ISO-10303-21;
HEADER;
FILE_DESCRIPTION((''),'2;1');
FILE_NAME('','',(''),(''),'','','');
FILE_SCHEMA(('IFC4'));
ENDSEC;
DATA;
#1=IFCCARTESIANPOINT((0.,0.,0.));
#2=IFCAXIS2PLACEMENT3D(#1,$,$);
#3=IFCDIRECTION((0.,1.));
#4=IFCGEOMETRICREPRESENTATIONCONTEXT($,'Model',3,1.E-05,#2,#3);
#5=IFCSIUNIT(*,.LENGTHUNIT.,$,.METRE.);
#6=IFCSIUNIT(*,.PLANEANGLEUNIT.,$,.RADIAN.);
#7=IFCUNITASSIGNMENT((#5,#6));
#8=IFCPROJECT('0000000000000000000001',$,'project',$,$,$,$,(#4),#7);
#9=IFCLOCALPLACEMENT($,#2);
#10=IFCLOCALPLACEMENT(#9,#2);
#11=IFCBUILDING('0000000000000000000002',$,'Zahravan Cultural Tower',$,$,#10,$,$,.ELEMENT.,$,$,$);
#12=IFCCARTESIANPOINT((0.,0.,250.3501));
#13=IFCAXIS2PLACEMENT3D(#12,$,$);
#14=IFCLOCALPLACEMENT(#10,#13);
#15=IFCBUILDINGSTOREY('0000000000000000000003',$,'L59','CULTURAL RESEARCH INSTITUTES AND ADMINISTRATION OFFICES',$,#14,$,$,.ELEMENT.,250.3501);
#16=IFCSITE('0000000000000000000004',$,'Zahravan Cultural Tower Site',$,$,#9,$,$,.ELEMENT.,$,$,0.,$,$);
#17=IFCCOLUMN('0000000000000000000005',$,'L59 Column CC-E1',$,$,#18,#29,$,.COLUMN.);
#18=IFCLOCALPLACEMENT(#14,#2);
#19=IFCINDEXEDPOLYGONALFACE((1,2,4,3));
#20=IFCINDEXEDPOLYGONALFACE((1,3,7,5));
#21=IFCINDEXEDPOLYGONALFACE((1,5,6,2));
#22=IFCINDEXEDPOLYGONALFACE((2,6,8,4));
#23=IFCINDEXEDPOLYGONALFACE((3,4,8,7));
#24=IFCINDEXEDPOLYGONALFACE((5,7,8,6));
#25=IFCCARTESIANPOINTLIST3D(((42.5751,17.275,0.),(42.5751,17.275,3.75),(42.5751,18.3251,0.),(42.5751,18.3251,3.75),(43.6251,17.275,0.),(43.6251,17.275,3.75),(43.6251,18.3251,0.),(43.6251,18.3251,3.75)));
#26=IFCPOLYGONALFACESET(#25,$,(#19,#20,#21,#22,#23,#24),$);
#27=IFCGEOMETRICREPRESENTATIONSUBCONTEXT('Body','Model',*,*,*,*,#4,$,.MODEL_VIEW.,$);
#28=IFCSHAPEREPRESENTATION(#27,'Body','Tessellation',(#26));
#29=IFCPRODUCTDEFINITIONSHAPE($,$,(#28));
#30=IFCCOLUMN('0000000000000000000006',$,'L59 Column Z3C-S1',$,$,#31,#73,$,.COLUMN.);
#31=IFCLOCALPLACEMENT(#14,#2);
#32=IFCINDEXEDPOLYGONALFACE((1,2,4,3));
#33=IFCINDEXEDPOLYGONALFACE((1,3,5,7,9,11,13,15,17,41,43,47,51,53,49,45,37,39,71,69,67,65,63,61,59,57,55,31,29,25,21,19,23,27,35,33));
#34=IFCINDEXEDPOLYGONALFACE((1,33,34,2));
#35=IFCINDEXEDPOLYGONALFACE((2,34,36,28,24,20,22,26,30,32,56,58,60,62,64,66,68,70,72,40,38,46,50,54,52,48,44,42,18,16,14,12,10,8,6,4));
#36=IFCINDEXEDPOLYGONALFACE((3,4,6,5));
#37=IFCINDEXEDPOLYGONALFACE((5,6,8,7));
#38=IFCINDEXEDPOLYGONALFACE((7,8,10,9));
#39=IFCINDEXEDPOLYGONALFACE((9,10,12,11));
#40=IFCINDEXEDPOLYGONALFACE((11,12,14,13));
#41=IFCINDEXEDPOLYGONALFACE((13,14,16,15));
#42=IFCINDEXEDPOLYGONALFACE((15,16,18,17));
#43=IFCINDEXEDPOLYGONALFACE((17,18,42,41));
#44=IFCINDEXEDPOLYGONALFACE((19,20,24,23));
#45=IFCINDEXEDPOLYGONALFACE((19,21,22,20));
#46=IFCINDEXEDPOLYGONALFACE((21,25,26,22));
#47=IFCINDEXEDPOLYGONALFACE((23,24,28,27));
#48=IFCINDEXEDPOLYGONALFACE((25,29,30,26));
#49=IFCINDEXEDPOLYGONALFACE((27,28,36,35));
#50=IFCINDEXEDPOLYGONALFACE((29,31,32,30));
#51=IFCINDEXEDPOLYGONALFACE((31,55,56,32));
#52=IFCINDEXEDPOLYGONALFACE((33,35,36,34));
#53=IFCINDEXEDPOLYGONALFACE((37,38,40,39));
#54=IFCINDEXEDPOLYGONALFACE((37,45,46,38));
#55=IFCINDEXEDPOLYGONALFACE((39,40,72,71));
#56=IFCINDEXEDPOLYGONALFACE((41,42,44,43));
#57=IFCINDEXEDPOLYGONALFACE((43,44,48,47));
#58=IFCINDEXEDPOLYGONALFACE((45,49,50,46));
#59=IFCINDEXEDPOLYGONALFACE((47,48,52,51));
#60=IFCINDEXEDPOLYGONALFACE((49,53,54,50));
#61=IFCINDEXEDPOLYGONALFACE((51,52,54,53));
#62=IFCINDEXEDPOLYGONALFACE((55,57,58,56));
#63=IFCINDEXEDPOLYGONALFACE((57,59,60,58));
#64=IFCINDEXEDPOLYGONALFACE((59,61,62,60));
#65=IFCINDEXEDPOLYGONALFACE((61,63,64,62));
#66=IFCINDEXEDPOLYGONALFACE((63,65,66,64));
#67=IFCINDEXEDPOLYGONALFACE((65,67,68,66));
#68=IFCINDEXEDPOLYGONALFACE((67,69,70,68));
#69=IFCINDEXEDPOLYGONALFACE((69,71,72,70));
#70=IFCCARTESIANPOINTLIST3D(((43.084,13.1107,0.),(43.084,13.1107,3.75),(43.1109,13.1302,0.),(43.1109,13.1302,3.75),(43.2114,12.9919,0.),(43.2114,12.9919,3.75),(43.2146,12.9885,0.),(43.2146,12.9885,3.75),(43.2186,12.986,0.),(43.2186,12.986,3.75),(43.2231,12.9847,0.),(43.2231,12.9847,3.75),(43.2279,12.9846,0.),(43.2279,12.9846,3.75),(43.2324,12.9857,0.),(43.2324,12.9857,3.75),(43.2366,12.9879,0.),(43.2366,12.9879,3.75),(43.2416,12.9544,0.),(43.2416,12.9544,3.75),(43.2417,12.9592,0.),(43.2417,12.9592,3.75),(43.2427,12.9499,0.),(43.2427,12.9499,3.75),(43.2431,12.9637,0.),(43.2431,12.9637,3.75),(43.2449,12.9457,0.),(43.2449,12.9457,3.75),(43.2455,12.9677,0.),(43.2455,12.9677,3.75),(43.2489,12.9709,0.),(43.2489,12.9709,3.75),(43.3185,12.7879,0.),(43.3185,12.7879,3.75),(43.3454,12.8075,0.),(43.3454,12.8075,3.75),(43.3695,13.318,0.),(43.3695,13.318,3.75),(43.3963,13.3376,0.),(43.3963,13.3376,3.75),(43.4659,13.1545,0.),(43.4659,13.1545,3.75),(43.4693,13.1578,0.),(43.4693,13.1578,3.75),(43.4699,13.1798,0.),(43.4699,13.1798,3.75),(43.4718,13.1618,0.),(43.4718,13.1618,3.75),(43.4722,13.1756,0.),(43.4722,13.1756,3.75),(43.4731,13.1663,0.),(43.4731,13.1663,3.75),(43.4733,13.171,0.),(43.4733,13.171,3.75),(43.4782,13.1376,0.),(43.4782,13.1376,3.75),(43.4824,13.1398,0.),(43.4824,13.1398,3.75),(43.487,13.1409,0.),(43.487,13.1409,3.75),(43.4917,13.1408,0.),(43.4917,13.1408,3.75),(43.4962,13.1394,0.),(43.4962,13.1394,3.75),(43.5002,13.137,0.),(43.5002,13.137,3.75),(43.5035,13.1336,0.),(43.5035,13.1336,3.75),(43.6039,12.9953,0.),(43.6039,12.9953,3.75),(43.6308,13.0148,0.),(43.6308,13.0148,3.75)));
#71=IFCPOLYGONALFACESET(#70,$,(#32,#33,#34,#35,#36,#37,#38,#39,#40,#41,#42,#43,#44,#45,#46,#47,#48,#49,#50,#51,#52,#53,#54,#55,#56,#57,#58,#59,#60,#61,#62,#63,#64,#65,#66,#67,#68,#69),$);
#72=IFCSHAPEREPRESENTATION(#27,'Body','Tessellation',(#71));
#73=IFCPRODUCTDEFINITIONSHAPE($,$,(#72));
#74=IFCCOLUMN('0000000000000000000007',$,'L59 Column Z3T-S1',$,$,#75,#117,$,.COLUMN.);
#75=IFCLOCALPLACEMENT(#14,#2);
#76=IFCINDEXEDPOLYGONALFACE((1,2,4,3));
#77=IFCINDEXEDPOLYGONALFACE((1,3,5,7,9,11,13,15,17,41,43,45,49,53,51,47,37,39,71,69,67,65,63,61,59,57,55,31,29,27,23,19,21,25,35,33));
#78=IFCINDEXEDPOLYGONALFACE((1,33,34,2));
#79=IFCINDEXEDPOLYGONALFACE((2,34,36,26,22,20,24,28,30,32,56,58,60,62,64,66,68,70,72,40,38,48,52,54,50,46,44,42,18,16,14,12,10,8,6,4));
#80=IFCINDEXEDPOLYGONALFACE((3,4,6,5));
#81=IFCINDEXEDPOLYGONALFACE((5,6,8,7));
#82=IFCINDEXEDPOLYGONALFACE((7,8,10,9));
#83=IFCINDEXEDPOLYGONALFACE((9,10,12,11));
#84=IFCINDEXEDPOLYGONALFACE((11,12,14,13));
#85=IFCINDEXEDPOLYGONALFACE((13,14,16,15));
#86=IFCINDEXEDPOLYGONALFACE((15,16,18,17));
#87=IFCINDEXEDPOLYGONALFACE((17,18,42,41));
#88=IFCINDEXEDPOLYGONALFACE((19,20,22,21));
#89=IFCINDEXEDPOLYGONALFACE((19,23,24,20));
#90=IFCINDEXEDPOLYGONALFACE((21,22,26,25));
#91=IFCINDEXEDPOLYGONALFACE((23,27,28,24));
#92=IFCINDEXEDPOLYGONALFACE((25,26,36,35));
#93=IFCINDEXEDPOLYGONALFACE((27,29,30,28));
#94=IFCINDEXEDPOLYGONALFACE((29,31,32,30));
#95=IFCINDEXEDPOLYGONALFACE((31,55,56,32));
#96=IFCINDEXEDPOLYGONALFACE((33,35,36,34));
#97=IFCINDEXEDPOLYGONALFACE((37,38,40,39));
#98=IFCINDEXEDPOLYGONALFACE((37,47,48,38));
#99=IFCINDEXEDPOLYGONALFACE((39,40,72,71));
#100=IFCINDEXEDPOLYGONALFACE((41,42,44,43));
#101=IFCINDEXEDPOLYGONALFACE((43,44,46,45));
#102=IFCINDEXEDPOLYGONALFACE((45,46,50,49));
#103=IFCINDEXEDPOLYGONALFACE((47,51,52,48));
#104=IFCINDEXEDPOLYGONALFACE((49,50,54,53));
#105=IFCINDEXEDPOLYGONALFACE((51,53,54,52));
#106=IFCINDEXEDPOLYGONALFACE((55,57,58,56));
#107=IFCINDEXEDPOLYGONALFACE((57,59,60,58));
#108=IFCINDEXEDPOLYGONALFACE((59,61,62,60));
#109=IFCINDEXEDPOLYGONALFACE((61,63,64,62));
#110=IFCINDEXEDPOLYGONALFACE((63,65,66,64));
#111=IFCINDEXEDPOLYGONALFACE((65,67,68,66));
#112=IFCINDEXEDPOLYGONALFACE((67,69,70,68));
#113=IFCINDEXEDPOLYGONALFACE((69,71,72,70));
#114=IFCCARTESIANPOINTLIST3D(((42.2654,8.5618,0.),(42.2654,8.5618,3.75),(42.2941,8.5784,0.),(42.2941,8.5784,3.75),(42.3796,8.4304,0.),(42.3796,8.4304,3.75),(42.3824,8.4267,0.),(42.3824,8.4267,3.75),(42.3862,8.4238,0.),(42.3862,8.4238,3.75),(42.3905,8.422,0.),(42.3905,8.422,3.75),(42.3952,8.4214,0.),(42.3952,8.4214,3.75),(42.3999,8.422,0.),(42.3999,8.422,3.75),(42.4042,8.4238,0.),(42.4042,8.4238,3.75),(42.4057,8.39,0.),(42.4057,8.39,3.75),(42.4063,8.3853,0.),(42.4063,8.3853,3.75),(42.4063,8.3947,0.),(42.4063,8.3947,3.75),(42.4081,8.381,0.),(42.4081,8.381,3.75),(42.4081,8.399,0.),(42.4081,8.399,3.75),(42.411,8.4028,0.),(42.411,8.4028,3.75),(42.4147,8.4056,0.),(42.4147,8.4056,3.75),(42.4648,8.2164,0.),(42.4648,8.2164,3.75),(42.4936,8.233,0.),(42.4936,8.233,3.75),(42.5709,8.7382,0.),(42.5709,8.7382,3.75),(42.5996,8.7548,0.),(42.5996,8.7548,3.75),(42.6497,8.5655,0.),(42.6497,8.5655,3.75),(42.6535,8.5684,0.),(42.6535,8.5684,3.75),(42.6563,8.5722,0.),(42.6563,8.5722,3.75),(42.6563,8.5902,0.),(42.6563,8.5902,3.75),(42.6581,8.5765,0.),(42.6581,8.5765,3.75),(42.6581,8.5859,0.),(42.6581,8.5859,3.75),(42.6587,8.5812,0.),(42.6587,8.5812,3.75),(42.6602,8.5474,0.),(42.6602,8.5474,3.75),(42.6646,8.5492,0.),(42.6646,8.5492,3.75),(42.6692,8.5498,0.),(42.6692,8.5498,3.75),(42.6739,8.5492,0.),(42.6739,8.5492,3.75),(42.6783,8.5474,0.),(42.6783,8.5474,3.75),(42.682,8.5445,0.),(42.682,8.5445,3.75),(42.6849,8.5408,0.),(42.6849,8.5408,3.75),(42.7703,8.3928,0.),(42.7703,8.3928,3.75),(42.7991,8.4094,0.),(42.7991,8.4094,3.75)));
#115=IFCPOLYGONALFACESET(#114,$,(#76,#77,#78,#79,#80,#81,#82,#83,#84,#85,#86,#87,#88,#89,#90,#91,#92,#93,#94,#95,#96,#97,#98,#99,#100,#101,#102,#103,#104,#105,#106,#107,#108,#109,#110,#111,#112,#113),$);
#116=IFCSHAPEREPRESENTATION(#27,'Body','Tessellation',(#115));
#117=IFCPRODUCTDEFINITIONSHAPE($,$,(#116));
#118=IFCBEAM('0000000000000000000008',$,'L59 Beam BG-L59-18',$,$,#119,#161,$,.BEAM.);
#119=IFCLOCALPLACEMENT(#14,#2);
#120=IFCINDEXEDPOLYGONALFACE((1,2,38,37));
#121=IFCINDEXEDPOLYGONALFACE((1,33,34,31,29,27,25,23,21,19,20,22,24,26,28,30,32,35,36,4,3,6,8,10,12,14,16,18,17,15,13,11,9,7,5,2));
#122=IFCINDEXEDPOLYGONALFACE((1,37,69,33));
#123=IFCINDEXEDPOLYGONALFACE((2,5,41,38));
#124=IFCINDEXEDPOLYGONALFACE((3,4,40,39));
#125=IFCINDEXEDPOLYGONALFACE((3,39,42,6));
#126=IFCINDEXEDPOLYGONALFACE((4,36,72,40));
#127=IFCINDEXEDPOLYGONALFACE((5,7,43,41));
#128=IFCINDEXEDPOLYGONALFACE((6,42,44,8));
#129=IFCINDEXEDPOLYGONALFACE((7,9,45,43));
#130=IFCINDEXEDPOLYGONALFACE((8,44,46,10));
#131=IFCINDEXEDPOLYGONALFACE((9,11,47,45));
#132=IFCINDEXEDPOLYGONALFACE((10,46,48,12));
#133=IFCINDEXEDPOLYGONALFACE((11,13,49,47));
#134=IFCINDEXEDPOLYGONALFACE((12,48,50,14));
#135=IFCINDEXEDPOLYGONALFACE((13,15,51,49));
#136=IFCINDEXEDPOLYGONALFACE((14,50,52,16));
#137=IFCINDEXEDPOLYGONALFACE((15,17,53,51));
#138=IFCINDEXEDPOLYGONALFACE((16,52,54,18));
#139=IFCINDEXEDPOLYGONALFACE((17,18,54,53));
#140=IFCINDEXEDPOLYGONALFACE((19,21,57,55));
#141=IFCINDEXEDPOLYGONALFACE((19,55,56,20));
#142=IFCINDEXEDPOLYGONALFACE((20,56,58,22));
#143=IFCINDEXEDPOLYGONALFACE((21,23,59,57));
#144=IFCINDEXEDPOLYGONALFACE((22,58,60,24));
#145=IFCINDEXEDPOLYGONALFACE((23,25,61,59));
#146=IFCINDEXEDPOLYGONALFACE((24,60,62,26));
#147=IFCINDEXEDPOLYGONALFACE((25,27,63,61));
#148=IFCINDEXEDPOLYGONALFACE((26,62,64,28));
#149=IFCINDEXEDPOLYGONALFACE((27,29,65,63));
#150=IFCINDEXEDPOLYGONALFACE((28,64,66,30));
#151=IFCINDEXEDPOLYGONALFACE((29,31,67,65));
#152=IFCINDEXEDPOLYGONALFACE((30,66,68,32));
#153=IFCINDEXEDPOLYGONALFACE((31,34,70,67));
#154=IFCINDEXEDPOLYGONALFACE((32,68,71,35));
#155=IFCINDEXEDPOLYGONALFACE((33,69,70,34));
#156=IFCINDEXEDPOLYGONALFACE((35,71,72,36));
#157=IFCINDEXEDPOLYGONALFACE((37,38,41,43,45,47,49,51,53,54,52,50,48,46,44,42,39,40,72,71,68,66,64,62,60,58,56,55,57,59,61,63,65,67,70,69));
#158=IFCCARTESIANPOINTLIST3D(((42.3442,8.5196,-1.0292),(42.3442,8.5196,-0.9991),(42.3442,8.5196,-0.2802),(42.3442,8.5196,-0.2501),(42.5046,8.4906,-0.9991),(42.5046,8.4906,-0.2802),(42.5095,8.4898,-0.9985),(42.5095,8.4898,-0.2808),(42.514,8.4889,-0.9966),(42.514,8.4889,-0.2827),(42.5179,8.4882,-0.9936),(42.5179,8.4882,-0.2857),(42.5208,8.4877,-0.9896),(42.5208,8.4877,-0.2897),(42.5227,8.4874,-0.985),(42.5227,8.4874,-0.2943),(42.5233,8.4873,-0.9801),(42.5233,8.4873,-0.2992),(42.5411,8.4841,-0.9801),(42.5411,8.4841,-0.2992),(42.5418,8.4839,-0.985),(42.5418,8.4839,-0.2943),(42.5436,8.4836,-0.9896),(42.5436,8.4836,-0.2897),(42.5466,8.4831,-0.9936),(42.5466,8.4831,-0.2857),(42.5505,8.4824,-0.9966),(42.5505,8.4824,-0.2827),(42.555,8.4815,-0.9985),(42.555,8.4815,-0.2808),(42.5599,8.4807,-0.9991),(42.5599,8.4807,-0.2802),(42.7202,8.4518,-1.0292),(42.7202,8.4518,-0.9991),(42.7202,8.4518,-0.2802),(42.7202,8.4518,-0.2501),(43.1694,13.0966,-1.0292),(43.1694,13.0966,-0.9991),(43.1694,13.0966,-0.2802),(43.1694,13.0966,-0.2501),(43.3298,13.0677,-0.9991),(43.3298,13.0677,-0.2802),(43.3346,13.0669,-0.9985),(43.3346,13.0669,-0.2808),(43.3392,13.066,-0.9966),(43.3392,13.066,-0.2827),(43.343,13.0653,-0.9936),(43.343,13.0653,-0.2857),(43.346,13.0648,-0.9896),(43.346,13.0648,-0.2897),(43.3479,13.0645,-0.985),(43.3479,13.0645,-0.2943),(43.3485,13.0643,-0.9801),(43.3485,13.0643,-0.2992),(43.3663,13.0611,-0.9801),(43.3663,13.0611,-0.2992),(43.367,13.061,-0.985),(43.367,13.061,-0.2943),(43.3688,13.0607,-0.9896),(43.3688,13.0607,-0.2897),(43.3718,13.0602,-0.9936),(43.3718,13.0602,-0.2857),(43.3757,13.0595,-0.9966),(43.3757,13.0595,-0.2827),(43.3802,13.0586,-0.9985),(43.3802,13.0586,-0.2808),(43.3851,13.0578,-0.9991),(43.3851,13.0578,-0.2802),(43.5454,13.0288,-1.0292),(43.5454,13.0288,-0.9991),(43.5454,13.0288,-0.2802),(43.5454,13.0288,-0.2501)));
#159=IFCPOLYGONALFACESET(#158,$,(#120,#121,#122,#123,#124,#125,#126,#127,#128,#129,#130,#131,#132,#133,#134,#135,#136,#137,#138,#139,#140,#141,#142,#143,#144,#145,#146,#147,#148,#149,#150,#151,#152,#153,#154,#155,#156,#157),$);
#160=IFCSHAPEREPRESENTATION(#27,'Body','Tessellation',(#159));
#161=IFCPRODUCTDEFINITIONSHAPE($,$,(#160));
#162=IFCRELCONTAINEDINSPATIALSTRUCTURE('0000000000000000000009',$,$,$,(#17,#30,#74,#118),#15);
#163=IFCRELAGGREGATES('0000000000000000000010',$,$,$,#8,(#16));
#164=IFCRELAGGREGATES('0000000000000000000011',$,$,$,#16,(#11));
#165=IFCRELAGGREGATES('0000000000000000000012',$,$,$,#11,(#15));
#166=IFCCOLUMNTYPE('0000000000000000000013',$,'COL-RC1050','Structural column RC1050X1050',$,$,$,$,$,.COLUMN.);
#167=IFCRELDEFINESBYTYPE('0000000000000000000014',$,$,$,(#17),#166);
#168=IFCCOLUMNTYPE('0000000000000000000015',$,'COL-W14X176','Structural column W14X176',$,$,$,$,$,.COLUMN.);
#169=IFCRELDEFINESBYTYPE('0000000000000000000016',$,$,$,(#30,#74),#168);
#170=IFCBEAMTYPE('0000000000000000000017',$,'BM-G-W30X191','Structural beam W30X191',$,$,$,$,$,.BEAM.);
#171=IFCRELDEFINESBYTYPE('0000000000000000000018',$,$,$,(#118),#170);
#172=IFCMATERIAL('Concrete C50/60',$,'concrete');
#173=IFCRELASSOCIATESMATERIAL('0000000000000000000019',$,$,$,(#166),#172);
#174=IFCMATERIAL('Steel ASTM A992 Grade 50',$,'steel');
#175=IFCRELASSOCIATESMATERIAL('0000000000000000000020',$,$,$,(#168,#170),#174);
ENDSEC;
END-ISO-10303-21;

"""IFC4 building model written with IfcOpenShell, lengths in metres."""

from ifc_helpers import new_model, si_unit, direction, frame, origin, origin_2d, place, context, subcontext, project, spatial, rectangle, i_section, extrude, source, transform, mapped, material, material_profile, profile_set, type_object, element, save


model = new_model("IFC4")

# Units and contexts
model_context = context("Model", 3, precision=1e-05, world=origin(), true_north=direction((0.0, 1.0)))
body_context = subcontext(model_context, "Body", "Model", "MODEL_VIEW")
ifc_project = project(units=[si_unit("LENGTHUNIT", "METRE"), si_unit("PLANEANGLEUNIT", "RADIAN")], contexts=[model_context])

# Site, building, storey
site_placement = place(None, origin())
site = spatial("IfcSite", under=ifc_project, at=site_placement, Name="Zahravan Cultural Tower Site", CompositionType="ELEMENT", RefElevation=0.0)
building_placement = place(site_placement, origin())
building = spatial("IfcBuilding", under=site, at=building_placement, Name="Zahravan Cultural Tower", CompositionType="ELEMENT")
storey_placement = place(building_placement, frame((0.0, 0.0, 250.3501)))
storey = spatial("IfcBuildingStorey", under=building, at=storey_placement, Name="L59", Description="CULTURAL RESEARCH INSTITUTES AND ADMINISTRATION OFFICES", CompositionType="ELEMENT", Elevation=250.3501)

# Columns
ifc_material_1 = material(Name="Concrete C50/60", Category="concrete")
ifc_material_profile_1 = material_profile(ifc_material_1, rectangle(XDim=1.05, YDim=1.05, at=origin_2d()), Name="RC1050X1050")
ifc_profile_set_1 = profile_set([ifc_material_profile_1], Name="Concrete C50/60")
column_type_1 = type_object("IfcColumnType", Name="COL-RC1050", Description="Structural column RC1050X1050", PredefinedType="COLUMN", material=ifc_profile_set_1)
shared_shape_1 = source(origin(), body_context, "Body", "SweptSolid", [
    extrude(rectangle(XDim=1.05, YDim=1.05, at=origin_2d()), origin(), (0.0, 0.0, 1.0), 3.75),
])
column_placement = place(storey_placement, frame((43.1001, 17.8, 0.0), z_axis=(0.0, 0.0, 1.0), x_axis=(1.0, 0.0, 0.0)))
element("IfcColumn", 1, at=column_placement, inside=storey, type_object=column_type_1, Name="L59 Column CC-E1", PredefinedType="COLUMN", context=body_context, shape_type="MappedRepresentation", body=[
    mapped(shared_shape_1, transform((0.0, 0.0, 0.0), x_axis=(1.0, 0.0, 0.0), y_axis=(0.0, 1.0, 0.0), z_axis=(0.0, 0.0, 1.0), scale=1.0)),
])
ifc_material_2 = material(Name="Steel ASTM A992 Grade 50", Category="steel")
ifc_material_profile_2 = material_profile(ifc_material_2, i_section(OverallWidth=0.3989, OverallDepth=0.386, WebThickness=0.021, FlangeThickness=0.0332, FilletRadius=0.0181, at=origin_2d()), Name="W14X176")
ifc_profile_set_2 = profile_set([ifc_material_profile_2], Name="Steel ASTM A992 Grade 50")
column_type_2 = type_object("IfcColumnType", Name="COL-W14X176", Description="Structural column W14X176", PredefinedType="COLUMN", material=ifc_profile_set_2)
shared_shape_2 = source(origin(), body_context, "Body", "SweptSolid", [
    extrude(i_section(OverallWidth=0.3989, OverallDepth=0.386, WebThickness=0.021, FlangeThickness=0.0332, FilletRadius=0.0181, at=origin_2d()), origin(), (0.0, 0.0, 1.0), 3.75),
])
for number, where, z_axis, x_axis, name in (
    (2, (43.3574, 13.0627, 0.0), (0.0, 0.0, 1.0), (-0.587785, 0.809017, 0.0), "L59 Column Z3C-S1"),
    (3, (42.5322, 8.4856, 0.0), (0.0, 0.0, 1.0), (-0.5, 0.866025, 0.0), "L59 Column Z3T-S1"),
):
    element("IfcColumn", number, at=place(storey_placement, frame(where, z_axis=z_axis, x_axis=x_axis)), inside=storey, type_object=column_type_2, Name=name, PredefinedType="COLUMN", context=body_context, shape_type="MappedRepresentation", body=[
        mapped(shared_shape_2, transform((0.0, 0.0, 0.0), x_axis=(1.0, 0.0, 0.0), y_axis=(0.0, 1.0, 0.0), z_axis=(0.0, 0.0, 1.0), scale=1.0)),
    ])

# Beam
ifc_material_profile_3 = material_profile(ifc_material_2, i_section(OverallWidth=0.3821, OverallDepth=0.7791, WebThickness=0.0181, FlangeThickness=0.03, FilletRadius=0.019, at=origin_2d()), Name="W30X191")
ifc_profile_set_3 = profile_set([ifc_material_profile_3], Name="Steel ASTM A992 Grade 50")
beam_type = type_object("IfcBeamType", Name="BM-G-W30X191", Description="Structural beam W30X191", PredefinedType="BEAM", material=ifc_profile_set_3)
shared_shape_3 = source(origin(), body_context, "Body", "SweptSolid", [
    extrude(i_section(OverallWidth=0.3821, OverallDepth=0.7791, WebThickness=0.0181, FlangeThickness=0.03, FilletRadius=0.019, at=origin_2d()), origin(), (0.0, 0.0, 1.0), 4.6509),
])
beam_placement = place(storey_placement, frame((43.3574, 13.0627, -0.6396), z_axis=(-0.177426, -0.984134, 0.0), x_axis=(0.984134, -0.177426, 0.0)))
element("IfcBeam", 4, at=beam_placement, inside=storey, type_object=beam_type, Name="L59 Beam BG-L59-18", PredefinedType="BEAM", context=body_context, shape_type="MappedRepresentation", body=[
    mapped(shared_shape_3, transform((0.0, 0.0, 0.0), x_axis=(1.0, 0.0, 0.0), y_axis=(0.0, 1.0, 0.0), z_axis=(0.0, 0.0, 1.0), scale=1.0)),
])

save(model, "model.ifc")
